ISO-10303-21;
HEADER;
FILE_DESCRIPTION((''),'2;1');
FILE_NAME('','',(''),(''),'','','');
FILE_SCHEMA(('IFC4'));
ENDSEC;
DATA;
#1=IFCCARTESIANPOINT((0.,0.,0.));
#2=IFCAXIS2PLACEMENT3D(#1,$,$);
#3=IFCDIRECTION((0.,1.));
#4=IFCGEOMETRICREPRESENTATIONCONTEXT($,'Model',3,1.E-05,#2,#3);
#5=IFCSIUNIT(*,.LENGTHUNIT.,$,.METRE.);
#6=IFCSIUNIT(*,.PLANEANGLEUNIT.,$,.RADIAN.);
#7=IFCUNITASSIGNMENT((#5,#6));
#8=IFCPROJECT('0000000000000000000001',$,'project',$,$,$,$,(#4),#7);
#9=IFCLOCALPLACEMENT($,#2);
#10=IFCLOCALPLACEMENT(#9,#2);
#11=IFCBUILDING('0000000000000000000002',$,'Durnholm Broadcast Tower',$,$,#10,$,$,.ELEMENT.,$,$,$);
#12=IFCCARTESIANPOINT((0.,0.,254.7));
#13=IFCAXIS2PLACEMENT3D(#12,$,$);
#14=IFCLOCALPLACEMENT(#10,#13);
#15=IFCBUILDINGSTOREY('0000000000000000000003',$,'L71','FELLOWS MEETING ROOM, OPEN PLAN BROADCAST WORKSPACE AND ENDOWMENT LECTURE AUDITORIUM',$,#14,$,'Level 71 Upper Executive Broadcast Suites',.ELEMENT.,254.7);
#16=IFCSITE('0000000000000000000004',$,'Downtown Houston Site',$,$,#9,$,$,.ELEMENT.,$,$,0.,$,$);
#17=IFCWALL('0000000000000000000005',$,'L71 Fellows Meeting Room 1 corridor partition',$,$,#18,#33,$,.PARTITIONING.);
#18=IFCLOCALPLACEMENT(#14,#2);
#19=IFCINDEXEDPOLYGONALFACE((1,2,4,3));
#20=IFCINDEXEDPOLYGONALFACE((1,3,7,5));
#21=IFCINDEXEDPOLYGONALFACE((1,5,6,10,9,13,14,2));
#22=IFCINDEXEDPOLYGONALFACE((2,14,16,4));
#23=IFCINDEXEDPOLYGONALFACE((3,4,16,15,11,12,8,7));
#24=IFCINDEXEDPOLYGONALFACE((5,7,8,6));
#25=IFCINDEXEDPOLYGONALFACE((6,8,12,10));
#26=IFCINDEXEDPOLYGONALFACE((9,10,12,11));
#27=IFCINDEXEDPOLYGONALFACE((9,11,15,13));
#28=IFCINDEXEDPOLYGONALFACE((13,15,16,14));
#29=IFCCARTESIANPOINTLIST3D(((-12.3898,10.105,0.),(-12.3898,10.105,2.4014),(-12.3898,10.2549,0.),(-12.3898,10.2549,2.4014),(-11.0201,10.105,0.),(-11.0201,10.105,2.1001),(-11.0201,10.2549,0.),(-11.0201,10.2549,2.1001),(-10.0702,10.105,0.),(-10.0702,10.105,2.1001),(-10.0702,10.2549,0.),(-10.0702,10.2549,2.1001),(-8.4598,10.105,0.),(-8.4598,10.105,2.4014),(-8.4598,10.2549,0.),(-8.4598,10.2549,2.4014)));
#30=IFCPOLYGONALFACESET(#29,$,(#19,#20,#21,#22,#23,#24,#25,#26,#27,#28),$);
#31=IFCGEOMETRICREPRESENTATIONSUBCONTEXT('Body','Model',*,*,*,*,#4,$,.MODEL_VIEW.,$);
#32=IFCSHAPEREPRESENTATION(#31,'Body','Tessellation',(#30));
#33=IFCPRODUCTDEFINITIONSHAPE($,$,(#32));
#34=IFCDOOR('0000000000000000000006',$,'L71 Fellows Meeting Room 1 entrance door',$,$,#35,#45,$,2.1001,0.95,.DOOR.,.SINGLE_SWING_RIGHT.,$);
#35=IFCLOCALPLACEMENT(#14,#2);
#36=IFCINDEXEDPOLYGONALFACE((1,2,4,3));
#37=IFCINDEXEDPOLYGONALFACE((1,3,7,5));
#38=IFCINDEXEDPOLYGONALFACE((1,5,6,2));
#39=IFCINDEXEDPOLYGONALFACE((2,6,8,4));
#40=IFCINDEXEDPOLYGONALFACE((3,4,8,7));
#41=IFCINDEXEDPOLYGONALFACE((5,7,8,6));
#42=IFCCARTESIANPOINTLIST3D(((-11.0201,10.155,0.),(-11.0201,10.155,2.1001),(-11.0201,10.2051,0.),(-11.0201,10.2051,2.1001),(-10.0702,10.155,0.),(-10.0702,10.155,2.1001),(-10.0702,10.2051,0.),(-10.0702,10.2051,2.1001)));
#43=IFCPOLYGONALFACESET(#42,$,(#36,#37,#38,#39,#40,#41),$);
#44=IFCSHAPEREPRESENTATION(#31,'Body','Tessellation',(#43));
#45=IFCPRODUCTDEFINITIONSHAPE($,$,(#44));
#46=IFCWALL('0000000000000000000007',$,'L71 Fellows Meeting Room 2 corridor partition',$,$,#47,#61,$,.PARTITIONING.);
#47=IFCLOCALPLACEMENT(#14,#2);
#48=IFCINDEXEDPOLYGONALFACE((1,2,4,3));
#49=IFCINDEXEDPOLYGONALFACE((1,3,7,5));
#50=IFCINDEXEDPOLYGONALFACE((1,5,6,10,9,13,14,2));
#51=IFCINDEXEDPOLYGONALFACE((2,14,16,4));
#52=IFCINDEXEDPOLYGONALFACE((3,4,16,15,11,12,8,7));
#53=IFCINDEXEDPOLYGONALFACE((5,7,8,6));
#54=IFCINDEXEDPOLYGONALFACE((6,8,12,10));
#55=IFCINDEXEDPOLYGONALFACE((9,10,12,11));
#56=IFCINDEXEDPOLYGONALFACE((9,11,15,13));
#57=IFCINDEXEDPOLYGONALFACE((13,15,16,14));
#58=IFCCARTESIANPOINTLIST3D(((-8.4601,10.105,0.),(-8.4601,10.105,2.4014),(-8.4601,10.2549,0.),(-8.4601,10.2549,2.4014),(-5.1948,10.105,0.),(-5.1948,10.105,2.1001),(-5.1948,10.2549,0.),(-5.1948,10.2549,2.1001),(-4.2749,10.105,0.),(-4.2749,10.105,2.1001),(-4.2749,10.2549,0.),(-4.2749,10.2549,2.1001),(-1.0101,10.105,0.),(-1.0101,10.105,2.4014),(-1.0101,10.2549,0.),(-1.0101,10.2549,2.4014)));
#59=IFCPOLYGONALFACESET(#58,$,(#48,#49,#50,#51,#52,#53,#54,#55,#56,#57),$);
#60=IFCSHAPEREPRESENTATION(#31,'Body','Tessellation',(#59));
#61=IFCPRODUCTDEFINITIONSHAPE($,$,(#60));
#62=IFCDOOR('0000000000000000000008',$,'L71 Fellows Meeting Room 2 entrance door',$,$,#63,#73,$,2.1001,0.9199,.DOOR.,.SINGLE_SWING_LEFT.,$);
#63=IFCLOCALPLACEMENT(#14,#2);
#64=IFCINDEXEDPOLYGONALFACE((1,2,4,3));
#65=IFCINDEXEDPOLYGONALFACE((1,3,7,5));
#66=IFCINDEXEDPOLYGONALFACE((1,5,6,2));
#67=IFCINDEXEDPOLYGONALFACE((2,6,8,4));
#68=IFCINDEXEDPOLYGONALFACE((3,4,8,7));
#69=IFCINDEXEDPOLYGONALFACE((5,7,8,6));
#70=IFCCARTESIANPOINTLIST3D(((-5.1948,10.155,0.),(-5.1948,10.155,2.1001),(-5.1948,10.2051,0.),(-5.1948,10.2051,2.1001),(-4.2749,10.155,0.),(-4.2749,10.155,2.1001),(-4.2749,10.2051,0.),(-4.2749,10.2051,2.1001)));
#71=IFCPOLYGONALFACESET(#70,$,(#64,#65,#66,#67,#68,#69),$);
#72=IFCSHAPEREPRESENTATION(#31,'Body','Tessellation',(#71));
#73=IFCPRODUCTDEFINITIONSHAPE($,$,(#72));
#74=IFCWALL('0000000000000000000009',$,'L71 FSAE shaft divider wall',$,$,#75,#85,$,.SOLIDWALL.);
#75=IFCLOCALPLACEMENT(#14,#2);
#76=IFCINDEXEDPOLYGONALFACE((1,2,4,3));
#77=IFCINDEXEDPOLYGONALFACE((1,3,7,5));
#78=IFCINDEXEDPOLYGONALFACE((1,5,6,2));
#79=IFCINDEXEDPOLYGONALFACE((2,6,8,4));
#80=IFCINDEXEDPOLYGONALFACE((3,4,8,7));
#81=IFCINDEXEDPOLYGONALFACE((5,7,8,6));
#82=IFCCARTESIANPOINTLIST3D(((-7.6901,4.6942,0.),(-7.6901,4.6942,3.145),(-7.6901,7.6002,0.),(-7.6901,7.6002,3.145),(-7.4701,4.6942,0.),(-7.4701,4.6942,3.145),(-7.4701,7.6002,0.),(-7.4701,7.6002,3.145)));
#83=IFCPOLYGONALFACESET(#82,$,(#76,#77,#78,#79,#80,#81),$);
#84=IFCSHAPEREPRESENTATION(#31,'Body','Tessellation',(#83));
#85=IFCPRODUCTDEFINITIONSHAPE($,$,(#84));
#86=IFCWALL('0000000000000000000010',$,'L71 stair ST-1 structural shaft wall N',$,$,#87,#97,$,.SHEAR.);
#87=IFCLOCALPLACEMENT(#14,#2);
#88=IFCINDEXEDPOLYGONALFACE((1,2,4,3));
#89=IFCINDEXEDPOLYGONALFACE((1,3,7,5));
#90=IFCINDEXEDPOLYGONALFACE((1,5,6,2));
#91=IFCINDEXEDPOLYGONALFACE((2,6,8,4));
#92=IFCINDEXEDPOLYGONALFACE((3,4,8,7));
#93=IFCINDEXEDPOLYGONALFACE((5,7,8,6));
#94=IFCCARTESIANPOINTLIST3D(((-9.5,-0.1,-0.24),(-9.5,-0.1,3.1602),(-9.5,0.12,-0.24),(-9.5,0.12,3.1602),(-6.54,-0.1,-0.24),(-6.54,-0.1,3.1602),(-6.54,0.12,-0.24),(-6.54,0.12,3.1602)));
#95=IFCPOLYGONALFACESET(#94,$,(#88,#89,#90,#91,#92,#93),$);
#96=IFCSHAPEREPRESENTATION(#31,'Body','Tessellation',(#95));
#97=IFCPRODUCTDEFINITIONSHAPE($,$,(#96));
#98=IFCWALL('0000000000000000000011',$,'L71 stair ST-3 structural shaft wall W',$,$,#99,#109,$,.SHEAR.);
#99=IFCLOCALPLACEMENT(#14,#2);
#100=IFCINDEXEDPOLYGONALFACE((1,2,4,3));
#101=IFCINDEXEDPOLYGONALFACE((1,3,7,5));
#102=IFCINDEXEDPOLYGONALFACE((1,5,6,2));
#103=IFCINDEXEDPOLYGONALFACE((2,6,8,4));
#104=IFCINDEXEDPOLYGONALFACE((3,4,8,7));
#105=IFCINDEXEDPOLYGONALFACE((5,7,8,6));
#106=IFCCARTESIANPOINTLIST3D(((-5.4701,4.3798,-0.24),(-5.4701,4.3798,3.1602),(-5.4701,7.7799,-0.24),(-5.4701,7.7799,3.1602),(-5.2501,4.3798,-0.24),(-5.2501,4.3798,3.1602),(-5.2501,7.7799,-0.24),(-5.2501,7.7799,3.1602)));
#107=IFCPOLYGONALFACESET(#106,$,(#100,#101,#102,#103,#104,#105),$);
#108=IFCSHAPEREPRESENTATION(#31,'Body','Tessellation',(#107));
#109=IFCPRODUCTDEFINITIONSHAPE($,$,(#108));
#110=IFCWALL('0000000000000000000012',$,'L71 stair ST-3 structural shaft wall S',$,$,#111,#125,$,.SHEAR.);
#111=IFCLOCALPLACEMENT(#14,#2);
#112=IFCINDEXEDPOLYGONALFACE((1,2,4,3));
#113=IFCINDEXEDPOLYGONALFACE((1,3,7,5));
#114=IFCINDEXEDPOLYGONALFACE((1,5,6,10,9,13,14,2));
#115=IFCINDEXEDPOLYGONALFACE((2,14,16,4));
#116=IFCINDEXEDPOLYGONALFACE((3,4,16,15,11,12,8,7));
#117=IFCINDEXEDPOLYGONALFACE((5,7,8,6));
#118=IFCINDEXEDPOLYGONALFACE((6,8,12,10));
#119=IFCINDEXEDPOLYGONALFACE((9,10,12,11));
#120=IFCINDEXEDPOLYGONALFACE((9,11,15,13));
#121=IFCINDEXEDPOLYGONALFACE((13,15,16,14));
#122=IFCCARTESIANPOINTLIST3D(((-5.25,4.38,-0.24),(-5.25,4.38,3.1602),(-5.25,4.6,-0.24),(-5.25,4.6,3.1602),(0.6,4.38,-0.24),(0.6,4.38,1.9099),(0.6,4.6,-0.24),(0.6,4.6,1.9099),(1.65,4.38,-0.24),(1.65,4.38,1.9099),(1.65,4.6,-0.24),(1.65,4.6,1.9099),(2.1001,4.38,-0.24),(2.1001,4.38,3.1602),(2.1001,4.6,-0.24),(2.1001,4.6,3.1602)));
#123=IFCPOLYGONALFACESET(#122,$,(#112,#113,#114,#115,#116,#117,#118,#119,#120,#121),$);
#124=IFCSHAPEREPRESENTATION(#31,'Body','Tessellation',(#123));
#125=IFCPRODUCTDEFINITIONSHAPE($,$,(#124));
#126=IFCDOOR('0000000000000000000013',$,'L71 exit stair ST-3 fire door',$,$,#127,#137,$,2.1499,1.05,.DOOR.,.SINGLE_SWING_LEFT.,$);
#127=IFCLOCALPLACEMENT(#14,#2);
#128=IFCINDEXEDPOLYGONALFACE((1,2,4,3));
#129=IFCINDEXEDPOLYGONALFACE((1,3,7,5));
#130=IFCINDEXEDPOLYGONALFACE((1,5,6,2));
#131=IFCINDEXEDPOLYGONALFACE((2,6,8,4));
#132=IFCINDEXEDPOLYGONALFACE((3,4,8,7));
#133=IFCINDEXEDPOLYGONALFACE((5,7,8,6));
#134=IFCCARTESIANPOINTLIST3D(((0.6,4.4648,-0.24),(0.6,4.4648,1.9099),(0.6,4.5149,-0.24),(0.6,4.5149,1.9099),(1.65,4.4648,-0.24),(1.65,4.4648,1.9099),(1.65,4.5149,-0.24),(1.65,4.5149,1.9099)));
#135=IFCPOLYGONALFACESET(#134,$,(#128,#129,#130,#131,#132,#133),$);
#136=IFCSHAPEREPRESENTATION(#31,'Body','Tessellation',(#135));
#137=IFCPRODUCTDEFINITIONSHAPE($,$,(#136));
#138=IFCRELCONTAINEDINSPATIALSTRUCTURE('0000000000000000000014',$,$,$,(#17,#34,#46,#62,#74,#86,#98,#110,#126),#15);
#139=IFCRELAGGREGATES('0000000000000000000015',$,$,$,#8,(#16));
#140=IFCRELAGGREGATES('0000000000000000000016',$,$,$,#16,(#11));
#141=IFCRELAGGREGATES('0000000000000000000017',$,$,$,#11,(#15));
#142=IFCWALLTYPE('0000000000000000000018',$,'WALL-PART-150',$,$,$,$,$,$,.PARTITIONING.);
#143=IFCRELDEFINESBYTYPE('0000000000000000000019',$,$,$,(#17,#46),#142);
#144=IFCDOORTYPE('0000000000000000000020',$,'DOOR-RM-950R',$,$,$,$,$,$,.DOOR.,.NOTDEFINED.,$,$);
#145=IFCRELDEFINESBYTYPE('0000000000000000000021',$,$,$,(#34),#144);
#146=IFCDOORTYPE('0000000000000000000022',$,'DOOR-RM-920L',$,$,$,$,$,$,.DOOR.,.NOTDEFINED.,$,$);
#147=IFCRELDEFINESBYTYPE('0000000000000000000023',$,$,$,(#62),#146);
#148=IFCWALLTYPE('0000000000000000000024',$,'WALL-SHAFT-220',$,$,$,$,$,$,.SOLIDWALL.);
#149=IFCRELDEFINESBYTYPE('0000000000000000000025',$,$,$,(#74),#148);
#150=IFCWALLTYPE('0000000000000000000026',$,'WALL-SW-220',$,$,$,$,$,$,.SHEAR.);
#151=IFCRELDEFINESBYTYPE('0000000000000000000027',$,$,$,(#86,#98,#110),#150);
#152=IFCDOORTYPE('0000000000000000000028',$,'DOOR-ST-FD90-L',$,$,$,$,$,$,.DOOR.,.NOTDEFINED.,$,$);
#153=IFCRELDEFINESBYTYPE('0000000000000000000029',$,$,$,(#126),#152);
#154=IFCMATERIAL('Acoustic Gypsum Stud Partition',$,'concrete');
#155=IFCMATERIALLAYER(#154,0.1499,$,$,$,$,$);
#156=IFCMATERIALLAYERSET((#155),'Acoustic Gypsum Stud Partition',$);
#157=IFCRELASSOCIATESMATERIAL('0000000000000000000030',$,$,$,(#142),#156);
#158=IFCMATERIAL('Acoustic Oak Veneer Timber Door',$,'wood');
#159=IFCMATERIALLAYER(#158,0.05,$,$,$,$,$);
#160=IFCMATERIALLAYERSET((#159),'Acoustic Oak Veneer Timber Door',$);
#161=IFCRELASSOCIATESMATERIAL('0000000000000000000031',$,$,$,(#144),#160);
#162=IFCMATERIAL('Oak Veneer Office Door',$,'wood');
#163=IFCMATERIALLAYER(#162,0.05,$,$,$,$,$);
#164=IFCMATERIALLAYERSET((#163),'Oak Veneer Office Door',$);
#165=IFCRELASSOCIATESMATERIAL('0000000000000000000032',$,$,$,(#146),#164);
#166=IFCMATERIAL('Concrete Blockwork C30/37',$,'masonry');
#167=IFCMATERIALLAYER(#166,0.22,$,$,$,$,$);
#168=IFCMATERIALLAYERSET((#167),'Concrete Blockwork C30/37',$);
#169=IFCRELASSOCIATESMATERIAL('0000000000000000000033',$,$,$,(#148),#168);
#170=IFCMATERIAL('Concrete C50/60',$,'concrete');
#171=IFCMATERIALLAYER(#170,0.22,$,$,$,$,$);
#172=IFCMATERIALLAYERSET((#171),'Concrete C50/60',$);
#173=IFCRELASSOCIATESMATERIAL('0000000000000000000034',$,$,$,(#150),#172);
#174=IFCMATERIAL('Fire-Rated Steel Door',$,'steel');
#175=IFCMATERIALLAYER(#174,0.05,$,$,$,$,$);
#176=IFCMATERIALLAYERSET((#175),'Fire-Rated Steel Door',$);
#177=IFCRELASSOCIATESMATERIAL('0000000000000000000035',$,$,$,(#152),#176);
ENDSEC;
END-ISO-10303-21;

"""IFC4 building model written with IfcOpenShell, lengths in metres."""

from ifc_helpers import new_model, si_unit, direction, frame, frame_2d, origin, place, context, subcontext, project, spatial, rectangle, extrude, source, transform, mapped, material, layer, layer_set, type_object, type_shapes, element, fill, save


model = new_model("IFC4")

# Units and contexts
model_context = context("Model", 3, precision=1e-05, world=origin(), true_north=direction((0.0, 1.0)))
body_context = subcontext(model_context, "Body", "Model", "MODEL_VIEW")
ifc_project = project(units=[si_unit("LENGTHUNIT", "METRE"), si_unit("PLANEANGLEUNIT", "RADIAN")], contexts=[model_context])

# Site, building, storey
site_placement = place(None, origin())
site = spatial("IfcSite", under=ifc_project, at=site_placement, Name="Downtown Houston Site", CompositionType="ELEMENT", RefElevation=0.0)
building_placement = place(site_placement, origin())
building = spatial("IfcBuilding", under=site, at=building_placement, Name="Durnholm Broadcast Tower", CompositionType="ELEMENT")
storey_placement = place(building_placement, frame((0.0, 0.0, 254.7)))
storey = spatial("IfcBuildingStorey", under=building, at=storey_placement, Name="L71", Description="FELLOWS MEETING ROOM, OPEN PLAN BROADCAST WORKSPACE AND ENDOWMENT LECTURE AUDITORIUM", LongName="Level 71 Upper Executive Broadcast Suites", CompositionType="ELEMENT", Elevation=254.7)

# Shared definitions
ifc_material_1 = material(Name="Acoustic Gypsum Stud Partition", Category="concrete")
ifc_layer_1 = layer(ifc_material_1, 0.1499)
ifc_layer_set_1 = layer_set([ifc_layer_1], Name="Acoustic Gypsum Stud Partition")
wall_type_1 = type_object("IfcWallType", Name="WALL-PART-150", PredefinedType="PARTITIONING", material=ifc_layer_set_1)

# Walls, openings, doors
wall_1_placement = place(storey_placement, frame((-8.46, 10.1799, 0.0), z_axis=(0.0, 0.0, 1.0), x_axis=(-1.0, 0.0, 0.0)))
wall_1 = element("IfcWall", 1, at=wall_1_placement, inside=storey, type_object=wall_type_1, Name="L71 Fellows Meeting Room 1 corridor partition", PredefinedType="PARTITIONING", context=body_context, shape_type="SweptSolid", body=[
    extrude(rectangle(XDim=3.9299, YDim=0.1499, at=frame_2d((1.9648, 0.0))), origin(), (0.0, 0.0, 1.0), 2.4014),
])
opening_1_placement = place(wall_1_placement, frame((1.6101, 0.0, 0.0)))
opening_1 = element("IfcOpeningElement", 2, at=opening_1_placement, cuts=wall_1, PredefinedType="OPENING", context=body_context, shape_type="SweptSolid", body=[
    extrude(rectangle(XDim=0.95, YDim=2.1001, at=frame_2d((0.4751, 1.05))), frame((0.0, 0.085, 0.0), z_axis=(0.0, -1.0, 0.0), x_axis=(1.0, 0.0, 0.0)), (0.0, 0.0, 1.0), 0.1699),
])
ifc_material_2 = material(Name="Acoustic Oak Veneer Timber Door", Category="wood")
ifc_layer_2 = layer(ifc_material_2, 0.05)
ifc_layer_set_2 = layer_set([ifc_layer_2], Name="Acoustic Oak Veneer Timber Door")
door_type_1 = type_object("IfcDoorType", Name="DOOR-RM-950R", OperationType="NOTDEFINED", PredefinedType="DOOR", material=ifc_layer_set_2)
shared_shape_1 = source(origin(), body_context, "Body", "SweptSolid", [
    extrude(rectangle(XDim=0.95, YDim=2.1001, at=frame_2d((0.4751, 1.05))), frame((0.0, 0.0249, 0.0), z_axis=(0.0, -1.0, 0.0), x_axis=(1.0, 0.0, 0.0)), (0.0, 0.0, 1.0), 0.05),
])
type_shapes(door_type_1, [shared_shape_1])
door_1_placement = place(opening_1_placement, origin())
door_1 = element("IfcDoor", 3, at=door_1_placement, inside=storey, type_object=door_type_1, Name="L71 Fellows Meeting Room 1 entrance door", OperationType="SINGLE_SWING_RIGHT", OverallHeight=2.1001, OverallWidth=0.95, PredefinedType="DOOR", context=body_context, shape_type="MappedRepresentation", body=[
    mapped(shared_shape_1, transform((0.0, 0.0, 0.0), x_axis=(1.0, 0.0, 0.0), y_axis=(0.0, 1.0, 0.0), z_axis=(0.0, 0.0, 1.0), scale=1.0)),
])
fill(opening_1, door_1)
wall_2_placement = place(storey_placement, frame((-1.01, 10.1799, 0.0), z_axis=(0.0, 0.0, 1.0), x_axis=(-1.0, 0.0, 0.0)))
wall_2 = element("IfcWall", 4, at=wall_2_placement, inside=storey, type_object=wall_type_1, Name="L71 Fellows Meeting Room 2 corridor partition", PredefinedType="PARTITIONING", context=body_context, shape_type="SweptSolid", body=[
    extrude(rectangle(XDim=7.45, YDim=0.1499, at=frame_2d((3.7251, 0.0))), origin(), (0.0, 0.0, 1.0), 2.4014),
])
opening_2_placement = place(wall_2_placement, frame((3.2649, 0.0, 0.0)))
opening_2 = element("IfcOpeningElement", 5, at=opening_2_placement, cuts=wall_2, PredefinedType="OPENING", context=body_context, shape_type="SweptSolid", body=[
    extrude(rectangle(XDim=0.9199, YDim=2.1001, at=frame_2d((0.46, 1.05))), frame((0.0, 0.085, 0.0), z_axis=(0.0, -1.0, 0.0), x_axis=(1.0, 0.0, 0.0)), (0.0, 0.0, 1.0), 0.1699),
])
ifc_material_3 = material(Name="Oak Veneer Office Door", Category="wood")
ifc_layer_3 = layer(ifc_material_3, 0.05)
ifc_layer_set_3 = layer_set([ifc_layer_3], Name="Oak Veneer Office Door")
door_type_2 = type_object("IfcDoorType", Name="DOOR-RM-920L", OperationType="NOTDEFINED", PredefinedType="DOOR", material=ifc_layer_set_3)
shared_shape_2 = source(origin(), body_context, "Body", "SweptSolid", [
    extrude(rectangle(XDim=0.9199, YDim=2.1001, at=frame_2d((0.46, 1.05))), frame((0.0, 0.0249, 0.0), z_axis=(0.0, -1.0, 0.0), x_axis=(1.0, 0.0, 0.0)), (0.0, 0.0, 1.0), 0.05),
])
type_shapes(door_type_2, [shared_shape_2])
door_2_placement = place(opening_2_placement, origin())
door_2 = element("IfcDoor", 6, at=door_2_placement, inside=storey, type_object=door_type_2, Name="L71 Fellows Meeting Room 2 entrance door", OperationType="SINGLE_SWING_LEFT", OverallHeight=2.1001, OverallWidth=0.9199, PredefinedType="DOOR", context=body_context, shape_type="MappedRepresentation", body=[
    mapped(shared_shape_2, transform((0.0, 0.0, 0.0), x_axis=(1.0, 0.0, 0.0), y_axis=(0.0, 1.0, 0.0), z_axis=(0.0, 0.0, 1.0), scale=1.0)),
])
fill(opening_2, door_2)

# Walls
ifc_material_4 = material(Name="Concrete Blockwork C30/37", Category="masonry")
ifc_layer_4 = layer(ifc_material_4, 0.22)
ifc_layer_set_4 = layer_set([ifc_layer_4], Name="Concrete Blockwork C30/37")
wall_type_2 = type_object("IfcWallType", Name="WALL-SHAFT-220", PredefinedType="SOLIDWALL", material=ifc_layer_set_4)
wall_3_placement = place(storey_placement, frame((-7.5801, 4.6941, 0.0), z_axis=(0.0, 0.0, 1.0), x_axis=(0.0, 1.0, 0.0)))
element("IfcWall", 7, at=wall_3_placement, inside=storey, type_object=wall_type_2, Name="L71 FSAE shaft divider wall", PredefinedType="SOLIDWALL", context=body_context, shape_type="SweptSolid", body=[
    extrude(rectangle(XDim=2.906, YDim=0.22, at=frame_2d((1.4531, 0.0))), origin(), (0.0, 0.0, 1.0), 3.145),
])
ifc_material_5 = material(Name="Concrete C50/60", Category="concrete")
ifc_layer_5 = layer(ifc_material_5, 0.22)
ifc_layer_set_5 = layer_set([ifc_layer_5], Name="Concrete C50/60")
wall_type_3 = type_object("IfcWallType", Name="WALL-SW-220", PredefinedType="SHEAR", material=ifc_layer_set_5)
wall_4_placement = place(storey_placement, frame((-6.54, 0.01, -0.24), z_axis=(0.0, 0.0, 1.0), x_axis=(-1.0, 0.0, 0.0)))
element("IfcWall", 8, at=wall_4_placement, inside=storey, type_object=wall_type_3, Name="L71 stair ST-1 structural shaft wall N", PredefinedType="SHEAR", context=body_context, shape_type="SweptSolid", body=[
    extrude(rectangle(XDim=2.96, YDim=0.22, at=frame_2d((1.48, 0.0))), origin(), (0.0, 0.0, 1.0), 3.4001),
])
wall_5_placement = place(storey_placement, frame((-5.3601, 7.78, -0.24), z_axis=(0.0, 0.0, 1.0), x_axis=(0.0, -1.0, 0.0)))
element("IfcWall", 9, at=wall_5_placement, inside=storey, type_object=wall_type_3, Name="L71 stair ST-3 structural shaft wall W", PredefinedType="SHEAR", context=body_context, shape_type="SweptSolid", body=[
    extrude(rectangle(XDim=3.4001, YDim=0.22, at=frame_2d((1.7002, 0.0))), origin(), (0.0, 0.0, 1.0), 3.4001),
])

# Wall, opening, door
wall_6_placement = place(storey_placement, frame((-5.25, 4.49, -0.24), z_axis=(0.0, 0.0, 1.0), x_axis=(1.0, 0.0, 0.0)))
wall_6 = element("IfcWall", 10, at=wall_6_placement, inside=storey, type_object=wall_type_3, Name="L71 stair ST-3 structural shaft wall S", PredefinedType="SHEAR", context=body_context, shape_type="SweptSolid", body=[
    extrude(rectangle(XDim=7.3501, YDim=0.22, at=frame_2d((3.675, 0.0))), origin(), (0.0, 0.0, 1.0), 3.4001),
])
opening_3_placement = place(wall_6_placement, frame((5.8501, 0.0, 0.0)))
opening_3 = element("IfcOpeningElement", 11, at=opening_3_placement, cuts=wall_6, PredefinedType="OPENING", context=body_context, shape_type="SweptSolid", body=[
    extrude(rectangle(XDim=1.05, YDim=2.1499, at=frame_2d((0.5249, 1.075))), frame((0.0, 0.1201, 0.0), z_axis=(0.0, -1.0, 0.0), x_axis=(1.0, 0.0, 0.0)), (0.0, 0.0, 1.0), 0.24),
])
ifc_material_6 = material(Name="Fire-Rated Steel Door", Category="steel")
ifc_layer_6 = layer(ifc_material_6, 0.05)
ifc_layer_set_6 = layer_set([ifc_layer_6], Name="Fire-Rated Steel Door")
door_type_3 = type_object("IfcDoorType", Name="DOOR-ST-FD90-L", OperationType="NOTDEFINED", PredefinedType="DOOR", material=ifc_layer_set_6)
shared_shape_3 = source(origin(), body_context, "Body", "SweptSolid", [
    extrude(rectangle(XDim=1.05, YDim=2.1499, at=frame_2d((0.5249, 1.075))), frame((0.0, 0.0249, 0.0), z_axis=(0.0, -1.0, 0.0), x_axis=(1.0, 0.0, 0.0)), (0.0, 0.0, 1.0), 0.05),
])
type_shapes(door_type_3, [shared_shape_3])
door_3_placement = place(opening_3_placement, origin())
door_3 = element("IfcDoor", 12, at=door_3_placement, inside=storey, type_object=door_type_3, Name="L71 exit stair ST-3 fire door", OperationType="SINGLE_SWING_LEFT", OverallHeight=2.1499, OverallWidth=1.05, PredefinedType="DOOR", context=body_context, shape_type="MappedRepresentation", body=[
    mapped(shared_shape_3, transform((0.0, 0.0, 0.0), x_axis=(1.0, 0.0, 0.0), y_axis=(0.0, 1.0, 0.0), z_axis=(0.0, 0.0, 1.0), scale=1.0)),
])
fill(opening_3, door_3)

save(model, "model.ifc")
